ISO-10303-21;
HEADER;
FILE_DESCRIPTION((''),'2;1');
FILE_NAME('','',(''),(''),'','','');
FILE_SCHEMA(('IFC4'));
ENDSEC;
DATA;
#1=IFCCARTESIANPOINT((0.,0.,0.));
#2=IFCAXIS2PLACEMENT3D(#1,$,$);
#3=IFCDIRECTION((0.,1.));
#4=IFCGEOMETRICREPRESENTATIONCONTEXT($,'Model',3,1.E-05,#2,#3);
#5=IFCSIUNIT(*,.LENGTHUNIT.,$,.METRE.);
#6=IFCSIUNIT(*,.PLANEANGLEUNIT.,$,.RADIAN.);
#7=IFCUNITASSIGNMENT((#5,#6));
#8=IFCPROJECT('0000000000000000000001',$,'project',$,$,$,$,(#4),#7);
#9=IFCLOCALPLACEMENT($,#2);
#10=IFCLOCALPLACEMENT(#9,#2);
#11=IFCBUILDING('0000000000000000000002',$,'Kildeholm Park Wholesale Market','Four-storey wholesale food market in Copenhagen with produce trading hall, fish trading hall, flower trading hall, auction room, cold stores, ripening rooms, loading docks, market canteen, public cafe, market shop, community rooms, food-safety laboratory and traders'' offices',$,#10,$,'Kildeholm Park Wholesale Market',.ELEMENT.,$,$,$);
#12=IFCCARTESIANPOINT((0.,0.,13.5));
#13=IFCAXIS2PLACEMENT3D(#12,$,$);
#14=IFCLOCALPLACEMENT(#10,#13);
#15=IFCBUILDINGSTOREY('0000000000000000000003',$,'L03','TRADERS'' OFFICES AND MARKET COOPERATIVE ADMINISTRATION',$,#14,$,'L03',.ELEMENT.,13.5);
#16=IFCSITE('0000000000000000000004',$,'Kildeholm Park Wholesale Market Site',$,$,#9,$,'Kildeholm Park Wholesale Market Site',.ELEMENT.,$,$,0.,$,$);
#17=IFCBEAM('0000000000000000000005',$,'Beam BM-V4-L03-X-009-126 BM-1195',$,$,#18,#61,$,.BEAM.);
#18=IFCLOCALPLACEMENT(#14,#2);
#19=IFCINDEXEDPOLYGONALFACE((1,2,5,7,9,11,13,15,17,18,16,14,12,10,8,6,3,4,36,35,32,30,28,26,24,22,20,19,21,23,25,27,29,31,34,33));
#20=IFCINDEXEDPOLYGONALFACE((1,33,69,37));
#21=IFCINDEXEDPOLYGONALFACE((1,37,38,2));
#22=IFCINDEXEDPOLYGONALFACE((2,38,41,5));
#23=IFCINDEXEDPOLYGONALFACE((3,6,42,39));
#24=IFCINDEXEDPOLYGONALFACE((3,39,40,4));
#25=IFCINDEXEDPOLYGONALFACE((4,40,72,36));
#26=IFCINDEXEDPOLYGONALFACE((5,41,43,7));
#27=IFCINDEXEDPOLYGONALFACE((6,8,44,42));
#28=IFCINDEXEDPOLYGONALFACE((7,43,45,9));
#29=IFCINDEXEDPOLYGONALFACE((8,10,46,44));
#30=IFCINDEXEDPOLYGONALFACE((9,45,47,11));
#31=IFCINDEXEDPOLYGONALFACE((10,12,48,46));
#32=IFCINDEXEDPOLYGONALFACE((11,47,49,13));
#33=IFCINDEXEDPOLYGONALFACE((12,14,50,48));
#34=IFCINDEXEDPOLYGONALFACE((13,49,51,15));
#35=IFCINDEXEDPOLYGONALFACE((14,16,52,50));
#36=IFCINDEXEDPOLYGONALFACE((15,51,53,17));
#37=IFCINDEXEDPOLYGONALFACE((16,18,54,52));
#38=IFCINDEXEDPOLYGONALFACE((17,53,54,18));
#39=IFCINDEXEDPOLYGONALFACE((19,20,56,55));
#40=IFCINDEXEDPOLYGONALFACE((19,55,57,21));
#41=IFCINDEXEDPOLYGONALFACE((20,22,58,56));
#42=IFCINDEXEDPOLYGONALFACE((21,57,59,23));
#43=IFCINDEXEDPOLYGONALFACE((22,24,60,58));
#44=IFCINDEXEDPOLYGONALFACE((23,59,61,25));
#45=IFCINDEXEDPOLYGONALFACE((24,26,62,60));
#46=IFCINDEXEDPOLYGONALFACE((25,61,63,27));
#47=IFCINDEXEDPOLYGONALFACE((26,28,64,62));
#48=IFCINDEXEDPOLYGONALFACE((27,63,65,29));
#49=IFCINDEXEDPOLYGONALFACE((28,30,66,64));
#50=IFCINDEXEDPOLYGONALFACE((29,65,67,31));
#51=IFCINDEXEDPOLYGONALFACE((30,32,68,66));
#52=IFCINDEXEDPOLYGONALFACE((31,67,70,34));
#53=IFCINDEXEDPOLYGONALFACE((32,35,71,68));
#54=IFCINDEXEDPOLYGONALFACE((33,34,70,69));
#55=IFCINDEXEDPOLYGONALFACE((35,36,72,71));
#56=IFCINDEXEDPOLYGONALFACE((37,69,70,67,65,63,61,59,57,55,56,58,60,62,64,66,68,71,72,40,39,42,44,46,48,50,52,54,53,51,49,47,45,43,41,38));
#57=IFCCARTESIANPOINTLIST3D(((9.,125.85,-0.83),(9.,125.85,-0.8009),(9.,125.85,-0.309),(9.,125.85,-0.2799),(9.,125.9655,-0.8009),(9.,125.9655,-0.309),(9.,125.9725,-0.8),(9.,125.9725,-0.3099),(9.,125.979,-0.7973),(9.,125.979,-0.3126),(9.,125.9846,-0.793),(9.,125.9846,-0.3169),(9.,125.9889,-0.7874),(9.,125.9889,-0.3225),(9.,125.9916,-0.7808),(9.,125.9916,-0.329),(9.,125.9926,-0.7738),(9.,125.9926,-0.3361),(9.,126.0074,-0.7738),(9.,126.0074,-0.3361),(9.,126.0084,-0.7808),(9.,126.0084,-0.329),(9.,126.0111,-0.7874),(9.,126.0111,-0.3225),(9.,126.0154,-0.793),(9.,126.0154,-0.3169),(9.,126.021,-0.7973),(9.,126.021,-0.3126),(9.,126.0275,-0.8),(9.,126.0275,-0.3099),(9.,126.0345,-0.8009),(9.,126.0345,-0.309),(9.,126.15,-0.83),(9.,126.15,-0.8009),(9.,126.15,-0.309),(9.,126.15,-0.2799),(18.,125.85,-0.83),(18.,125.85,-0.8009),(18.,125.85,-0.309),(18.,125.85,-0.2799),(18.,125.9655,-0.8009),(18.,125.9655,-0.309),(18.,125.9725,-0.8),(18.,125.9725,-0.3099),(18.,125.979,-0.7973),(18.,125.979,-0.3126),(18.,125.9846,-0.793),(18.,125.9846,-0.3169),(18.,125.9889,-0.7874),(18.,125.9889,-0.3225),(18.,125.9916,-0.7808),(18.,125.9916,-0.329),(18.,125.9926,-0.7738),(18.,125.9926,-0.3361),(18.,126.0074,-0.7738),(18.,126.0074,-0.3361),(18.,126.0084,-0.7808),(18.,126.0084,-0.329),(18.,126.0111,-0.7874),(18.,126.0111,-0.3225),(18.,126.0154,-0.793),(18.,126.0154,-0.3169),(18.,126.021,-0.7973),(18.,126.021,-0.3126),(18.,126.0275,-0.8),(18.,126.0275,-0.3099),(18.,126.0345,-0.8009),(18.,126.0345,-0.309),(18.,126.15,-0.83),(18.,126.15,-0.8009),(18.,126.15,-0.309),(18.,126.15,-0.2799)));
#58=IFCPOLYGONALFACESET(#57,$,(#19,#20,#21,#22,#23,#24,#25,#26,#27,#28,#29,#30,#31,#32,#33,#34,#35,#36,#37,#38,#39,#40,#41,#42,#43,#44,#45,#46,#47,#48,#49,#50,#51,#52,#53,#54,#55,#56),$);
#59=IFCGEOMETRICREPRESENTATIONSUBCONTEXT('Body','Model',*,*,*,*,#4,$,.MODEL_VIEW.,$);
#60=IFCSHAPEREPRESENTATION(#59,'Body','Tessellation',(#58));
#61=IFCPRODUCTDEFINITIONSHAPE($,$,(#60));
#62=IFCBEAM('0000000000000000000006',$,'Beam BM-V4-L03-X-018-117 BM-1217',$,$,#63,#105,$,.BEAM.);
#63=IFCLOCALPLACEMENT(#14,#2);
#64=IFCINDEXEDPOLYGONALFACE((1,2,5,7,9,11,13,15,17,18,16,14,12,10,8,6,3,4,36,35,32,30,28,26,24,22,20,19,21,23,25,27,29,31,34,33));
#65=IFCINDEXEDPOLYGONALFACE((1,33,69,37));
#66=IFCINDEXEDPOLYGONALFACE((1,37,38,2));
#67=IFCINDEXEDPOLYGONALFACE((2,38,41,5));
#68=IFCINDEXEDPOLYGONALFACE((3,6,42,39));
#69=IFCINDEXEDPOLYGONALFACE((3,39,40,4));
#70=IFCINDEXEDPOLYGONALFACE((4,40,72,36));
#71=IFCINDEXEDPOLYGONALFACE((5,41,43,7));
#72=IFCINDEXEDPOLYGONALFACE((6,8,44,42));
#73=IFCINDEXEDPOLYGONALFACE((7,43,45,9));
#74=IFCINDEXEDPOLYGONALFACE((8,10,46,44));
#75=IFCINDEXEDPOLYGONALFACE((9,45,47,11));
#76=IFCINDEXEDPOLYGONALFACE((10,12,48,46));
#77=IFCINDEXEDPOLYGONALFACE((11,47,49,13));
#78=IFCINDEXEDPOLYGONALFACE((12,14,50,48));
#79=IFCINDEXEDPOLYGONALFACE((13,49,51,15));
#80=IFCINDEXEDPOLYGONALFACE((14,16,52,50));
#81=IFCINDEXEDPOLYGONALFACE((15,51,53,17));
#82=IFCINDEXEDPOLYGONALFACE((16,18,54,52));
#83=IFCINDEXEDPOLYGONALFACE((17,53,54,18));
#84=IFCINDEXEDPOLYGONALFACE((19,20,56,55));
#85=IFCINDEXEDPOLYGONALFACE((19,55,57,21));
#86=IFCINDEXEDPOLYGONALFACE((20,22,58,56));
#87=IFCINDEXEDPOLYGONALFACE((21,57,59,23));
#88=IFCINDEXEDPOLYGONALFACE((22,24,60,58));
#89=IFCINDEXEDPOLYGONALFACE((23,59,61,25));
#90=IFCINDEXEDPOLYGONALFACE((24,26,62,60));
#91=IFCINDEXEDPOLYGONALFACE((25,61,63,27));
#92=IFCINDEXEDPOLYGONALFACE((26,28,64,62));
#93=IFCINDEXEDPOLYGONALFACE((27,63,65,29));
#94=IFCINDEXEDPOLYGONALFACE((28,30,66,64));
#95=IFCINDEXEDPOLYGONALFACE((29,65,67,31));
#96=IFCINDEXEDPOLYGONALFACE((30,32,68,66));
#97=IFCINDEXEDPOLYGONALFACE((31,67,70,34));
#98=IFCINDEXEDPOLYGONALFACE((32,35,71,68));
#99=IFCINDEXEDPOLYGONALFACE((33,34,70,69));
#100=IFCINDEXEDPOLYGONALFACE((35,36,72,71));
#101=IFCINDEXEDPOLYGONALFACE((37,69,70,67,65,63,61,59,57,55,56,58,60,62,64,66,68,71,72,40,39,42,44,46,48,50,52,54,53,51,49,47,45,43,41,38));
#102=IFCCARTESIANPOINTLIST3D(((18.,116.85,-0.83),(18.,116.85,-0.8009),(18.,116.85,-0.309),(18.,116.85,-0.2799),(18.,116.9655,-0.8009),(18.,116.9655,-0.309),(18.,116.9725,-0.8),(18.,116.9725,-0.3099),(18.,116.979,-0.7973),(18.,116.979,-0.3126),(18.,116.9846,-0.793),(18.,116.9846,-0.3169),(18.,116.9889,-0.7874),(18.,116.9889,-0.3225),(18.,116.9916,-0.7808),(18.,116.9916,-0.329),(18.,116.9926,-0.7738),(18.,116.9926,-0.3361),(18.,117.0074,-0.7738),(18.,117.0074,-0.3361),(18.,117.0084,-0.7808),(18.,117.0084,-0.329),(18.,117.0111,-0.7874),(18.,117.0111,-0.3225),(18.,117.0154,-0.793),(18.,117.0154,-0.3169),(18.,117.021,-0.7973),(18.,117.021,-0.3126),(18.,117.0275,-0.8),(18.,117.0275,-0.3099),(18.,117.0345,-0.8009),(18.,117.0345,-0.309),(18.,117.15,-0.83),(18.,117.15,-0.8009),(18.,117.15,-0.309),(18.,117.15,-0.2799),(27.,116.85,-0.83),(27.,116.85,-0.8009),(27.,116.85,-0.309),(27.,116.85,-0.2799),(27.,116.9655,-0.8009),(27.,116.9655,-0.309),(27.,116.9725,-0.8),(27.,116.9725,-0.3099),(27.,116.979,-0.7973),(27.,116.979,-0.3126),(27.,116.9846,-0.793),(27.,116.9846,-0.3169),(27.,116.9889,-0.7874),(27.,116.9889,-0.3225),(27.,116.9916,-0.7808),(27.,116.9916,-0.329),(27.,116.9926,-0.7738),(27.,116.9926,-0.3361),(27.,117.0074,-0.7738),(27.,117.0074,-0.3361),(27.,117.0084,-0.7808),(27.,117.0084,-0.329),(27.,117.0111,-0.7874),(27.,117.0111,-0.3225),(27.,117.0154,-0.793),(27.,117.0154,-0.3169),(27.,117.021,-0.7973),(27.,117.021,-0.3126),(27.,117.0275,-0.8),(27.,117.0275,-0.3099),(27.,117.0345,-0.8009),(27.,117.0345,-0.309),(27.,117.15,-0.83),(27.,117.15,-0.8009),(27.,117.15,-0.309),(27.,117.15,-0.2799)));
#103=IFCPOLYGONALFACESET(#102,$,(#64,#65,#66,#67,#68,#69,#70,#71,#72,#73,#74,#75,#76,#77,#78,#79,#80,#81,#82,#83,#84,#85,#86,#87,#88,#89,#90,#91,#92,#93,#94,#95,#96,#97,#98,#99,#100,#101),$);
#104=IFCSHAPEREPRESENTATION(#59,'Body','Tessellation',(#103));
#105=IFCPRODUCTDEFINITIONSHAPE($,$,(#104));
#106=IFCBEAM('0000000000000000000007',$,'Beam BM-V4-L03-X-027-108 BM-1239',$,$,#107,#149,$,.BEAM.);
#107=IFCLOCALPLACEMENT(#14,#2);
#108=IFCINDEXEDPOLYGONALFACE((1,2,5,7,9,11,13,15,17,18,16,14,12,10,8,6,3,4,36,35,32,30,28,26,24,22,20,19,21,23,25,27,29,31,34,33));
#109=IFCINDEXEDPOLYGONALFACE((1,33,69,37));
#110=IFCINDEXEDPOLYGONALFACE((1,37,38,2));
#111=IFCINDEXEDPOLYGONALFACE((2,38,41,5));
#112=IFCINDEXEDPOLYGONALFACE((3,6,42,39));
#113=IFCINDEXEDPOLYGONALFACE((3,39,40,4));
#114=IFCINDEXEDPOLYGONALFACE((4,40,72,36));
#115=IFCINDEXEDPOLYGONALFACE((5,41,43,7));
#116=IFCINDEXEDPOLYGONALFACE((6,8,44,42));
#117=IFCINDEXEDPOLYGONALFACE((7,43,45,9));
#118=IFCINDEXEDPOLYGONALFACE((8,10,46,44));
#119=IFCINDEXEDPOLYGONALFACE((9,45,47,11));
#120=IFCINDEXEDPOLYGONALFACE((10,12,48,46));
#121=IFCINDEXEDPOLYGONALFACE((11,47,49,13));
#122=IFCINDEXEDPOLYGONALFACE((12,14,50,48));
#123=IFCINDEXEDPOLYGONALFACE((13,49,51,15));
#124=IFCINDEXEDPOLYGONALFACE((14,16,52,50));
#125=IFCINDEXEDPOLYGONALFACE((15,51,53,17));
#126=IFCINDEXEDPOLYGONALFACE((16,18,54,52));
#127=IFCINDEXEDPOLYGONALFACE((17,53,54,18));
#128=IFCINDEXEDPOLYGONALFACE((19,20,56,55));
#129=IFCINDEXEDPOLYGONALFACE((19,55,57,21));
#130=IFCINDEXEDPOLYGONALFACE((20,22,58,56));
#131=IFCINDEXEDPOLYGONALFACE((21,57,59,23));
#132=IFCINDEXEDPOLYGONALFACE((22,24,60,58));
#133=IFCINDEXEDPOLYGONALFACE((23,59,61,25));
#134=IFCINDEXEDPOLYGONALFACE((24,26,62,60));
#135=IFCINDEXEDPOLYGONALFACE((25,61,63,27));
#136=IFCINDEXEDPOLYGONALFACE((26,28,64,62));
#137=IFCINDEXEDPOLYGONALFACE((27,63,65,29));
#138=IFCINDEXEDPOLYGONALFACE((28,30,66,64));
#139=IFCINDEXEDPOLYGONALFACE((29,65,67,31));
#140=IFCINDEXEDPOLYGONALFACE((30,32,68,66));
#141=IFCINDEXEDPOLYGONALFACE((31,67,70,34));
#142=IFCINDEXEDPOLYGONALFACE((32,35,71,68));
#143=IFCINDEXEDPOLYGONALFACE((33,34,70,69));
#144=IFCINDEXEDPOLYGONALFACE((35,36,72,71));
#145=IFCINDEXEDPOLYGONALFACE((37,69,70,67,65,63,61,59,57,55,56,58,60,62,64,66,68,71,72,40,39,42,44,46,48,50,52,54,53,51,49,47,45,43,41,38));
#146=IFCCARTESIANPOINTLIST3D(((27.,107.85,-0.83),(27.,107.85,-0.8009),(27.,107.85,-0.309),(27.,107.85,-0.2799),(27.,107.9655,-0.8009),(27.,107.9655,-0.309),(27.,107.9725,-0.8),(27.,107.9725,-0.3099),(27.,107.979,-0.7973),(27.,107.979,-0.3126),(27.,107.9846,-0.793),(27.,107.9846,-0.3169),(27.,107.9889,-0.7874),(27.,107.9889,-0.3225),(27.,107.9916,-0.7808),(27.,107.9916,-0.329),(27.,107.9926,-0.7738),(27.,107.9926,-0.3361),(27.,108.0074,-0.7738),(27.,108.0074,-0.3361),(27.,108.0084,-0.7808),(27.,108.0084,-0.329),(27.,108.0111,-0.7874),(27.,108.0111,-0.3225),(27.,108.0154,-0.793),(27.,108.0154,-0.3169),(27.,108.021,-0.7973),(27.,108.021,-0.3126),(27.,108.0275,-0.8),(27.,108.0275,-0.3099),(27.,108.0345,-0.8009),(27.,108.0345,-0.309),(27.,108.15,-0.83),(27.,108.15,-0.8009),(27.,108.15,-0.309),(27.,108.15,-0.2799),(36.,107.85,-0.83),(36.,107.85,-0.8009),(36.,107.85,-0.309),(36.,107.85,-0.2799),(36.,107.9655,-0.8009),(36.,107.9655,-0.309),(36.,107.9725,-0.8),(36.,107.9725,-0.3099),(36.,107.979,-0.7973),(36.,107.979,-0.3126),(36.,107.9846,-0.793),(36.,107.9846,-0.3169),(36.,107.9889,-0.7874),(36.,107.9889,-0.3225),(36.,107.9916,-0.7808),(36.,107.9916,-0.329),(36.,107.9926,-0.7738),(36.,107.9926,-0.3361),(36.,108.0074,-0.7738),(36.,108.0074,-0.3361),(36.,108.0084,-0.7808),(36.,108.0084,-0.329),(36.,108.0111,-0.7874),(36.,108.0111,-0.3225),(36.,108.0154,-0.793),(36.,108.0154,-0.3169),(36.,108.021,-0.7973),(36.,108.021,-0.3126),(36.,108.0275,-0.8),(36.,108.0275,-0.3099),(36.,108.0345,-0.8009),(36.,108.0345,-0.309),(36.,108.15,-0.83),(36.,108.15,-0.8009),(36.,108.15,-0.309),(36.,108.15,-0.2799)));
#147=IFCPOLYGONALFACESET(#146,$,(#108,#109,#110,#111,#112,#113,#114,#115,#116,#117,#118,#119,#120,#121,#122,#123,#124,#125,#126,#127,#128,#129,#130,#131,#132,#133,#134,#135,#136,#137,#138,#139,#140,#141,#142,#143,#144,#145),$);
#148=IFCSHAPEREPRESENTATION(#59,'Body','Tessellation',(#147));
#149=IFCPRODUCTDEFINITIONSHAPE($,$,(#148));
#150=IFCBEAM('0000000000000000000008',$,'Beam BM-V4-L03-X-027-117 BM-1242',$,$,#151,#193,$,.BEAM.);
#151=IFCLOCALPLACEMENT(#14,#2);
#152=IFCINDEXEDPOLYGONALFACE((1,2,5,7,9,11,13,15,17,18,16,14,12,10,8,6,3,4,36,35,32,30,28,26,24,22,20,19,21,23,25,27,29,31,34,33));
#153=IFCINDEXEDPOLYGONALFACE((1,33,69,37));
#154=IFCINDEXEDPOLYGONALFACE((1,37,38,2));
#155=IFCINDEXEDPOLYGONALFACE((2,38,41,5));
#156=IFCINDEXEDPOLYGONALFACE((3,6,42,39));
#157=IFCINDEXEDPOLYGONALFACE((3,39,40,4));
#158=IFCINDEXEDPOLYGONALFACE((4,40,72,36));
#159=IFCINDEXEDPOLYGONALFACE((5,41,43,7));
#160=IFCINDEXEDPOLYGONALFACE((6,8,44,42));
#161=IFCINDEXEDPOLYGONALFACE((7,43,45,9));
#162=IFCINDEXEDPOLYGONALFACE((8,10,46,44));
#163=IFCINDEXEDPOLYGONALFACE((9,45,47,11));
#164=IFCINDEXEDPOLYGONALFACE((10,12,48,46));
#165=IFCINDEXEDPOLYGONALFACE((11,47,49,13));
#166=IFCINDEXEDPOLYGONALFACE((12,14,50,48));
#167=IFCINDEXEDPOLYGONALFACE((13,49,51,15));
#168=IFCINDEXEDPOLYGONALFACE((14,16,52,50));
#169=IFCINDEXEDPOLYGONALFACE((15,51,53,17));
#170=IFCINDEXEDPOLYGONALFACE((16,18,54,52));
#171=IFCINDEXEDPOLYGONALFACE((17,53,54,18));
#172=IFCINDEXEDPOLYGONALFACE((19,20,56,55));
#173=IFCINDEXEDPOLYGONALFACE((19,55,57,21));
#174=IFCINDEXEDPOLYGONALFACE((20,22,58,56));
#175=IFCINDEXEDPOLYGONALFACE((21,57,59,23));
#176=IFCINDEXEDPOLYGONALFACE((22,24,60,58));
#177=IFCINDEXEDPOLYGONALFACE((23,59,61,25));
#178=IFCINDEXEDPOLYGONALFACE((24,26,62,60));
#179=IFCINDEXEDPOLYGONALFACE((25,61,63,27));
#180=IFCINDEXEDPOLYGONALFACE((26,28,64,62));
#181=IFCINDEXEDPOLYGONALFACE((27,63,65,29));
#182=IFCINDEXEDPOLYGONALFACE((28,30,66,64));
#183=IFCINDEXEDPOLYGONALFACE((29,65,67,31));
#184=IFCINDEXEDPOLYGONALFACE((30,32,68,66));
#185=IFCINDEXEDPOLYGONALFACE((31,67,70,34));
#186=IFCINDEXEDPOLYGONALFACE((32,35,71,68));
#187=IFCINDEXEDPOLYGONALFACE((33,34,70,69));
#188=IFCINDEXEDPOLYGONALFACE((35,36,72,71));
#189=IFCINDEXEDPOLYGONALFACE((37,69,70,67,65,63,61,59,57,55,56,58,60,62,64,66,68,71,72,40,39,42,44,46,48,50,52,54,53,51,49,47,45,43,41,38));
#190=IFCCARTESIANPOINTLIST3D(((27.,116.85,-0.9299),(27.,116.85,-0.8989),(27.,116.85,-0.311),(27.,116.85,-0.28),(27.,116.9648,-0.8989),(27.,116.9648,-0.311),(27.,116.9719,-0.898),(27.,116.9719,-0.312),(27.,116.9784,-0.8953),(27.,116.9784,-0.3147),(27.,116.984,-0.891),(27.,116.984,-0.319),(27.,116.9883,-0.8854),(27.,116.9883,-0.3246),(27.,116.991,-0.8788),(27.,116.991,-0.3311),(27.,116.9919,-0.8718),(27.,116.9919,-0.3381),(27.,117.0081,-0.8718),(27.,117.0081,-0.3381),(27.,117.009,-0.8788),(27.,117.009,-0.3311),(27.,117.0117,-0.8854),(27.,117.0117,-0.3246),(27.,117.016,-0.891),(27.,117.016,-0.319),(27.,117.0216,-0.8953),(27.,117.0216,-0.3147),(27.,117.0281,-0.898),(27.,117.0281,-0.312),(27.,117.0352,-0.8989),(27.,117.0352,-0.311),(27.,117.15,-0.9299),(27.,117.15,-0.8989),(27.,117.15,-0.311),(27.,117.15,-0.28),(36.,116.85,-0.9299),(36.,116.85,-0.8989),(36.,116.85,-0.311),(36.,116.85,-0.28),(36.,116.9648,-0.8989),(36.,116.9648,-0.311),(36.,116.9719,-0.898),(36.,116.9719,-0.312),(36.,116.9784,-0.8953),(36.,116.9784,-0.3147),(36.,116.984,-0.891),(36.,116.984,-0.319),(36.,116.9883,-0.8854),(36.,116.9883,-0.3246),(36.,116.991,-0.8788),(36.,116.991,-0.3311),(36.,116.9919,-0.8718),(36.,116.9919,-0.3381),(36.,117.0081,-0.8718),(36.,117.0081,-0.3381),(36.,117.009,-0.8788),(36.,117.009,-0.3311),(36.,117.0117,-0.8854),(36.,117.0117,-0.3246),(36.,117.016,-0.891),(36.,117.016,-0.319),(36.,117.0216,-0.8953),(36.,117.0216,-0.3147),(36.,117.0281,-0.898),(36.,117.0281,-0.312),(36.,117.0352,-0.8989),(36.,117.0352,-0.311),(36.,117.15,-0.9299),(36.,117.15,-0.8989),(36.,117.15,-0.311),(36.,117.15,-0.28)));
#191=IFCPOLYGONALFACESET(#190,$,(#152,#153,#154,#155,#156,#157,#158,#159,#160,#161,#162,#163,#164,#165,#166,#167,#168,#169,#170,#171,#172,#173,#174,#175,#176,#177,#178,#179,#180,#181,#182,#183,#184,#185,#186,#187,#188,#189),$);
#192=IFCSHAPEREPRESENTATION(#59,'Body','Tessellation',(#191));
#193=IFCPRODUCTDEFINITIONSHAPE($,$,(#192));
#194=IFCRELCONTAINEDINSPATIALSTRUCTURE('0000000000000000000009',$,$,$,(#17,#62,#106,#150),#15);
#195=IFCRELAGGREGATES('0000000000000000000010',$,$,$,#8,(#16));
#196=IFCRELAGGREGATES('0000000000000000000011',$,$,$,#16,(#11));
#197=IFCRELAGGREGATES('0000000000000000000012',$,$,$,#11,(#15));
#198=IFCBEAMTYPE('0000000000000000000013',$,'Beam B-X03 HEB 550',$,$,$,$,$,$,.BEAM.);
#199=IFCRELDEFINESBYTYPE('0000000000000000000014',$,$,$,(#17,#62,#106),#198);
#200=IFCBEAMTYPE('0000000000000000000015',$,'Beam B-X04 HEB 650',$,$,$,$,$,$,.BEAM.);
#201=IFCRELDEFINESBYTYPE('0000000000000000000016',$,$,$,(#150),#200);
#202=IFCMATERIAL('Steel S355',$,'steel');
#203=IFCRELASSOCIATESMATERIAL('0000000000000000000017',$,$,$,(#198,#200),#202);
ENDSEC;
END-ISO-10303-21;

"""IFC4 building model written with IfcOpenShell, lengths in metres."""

from ifc_helpers import new_model, si_unit, direction, frame, origin, origin_2d, place, context, subcontext, project, spatial, i_section, extrude, material, material_profile, profile_set, type_object, element, save


model = new_model("IFC4")

# Units and contexts
model_context = context("Model", 3, precision=1e-05, world=origin(), true_north=direction((0.0, 1.0)))
body_context = subcontext(model_context, "Body", "Model", "MODEL_VIEW")
ifc_project = project(units=[si_unit("LENGTHUNIT", "METRE"), si_unit("PLANEANGLEUNIT", "RADIAN")], contexts=[model_context])

# Site, building, storey
site_placement = place(None, origin())
site = spatial("IfcSite", under=ifc_project, at=site_placement, Name="Kildeholm Park Wholesale Market Site", LongName="Kildeholm Park Wholesale Market Site", CompositionType="ELEMENT", RefElevation=0.0)
building_placement = place(site_placement, origin())
building = spatial("IfcBuilding", under=site, at=building_placement, Name="Kildeholm Park Wholesale Market", Description="Four-storey wholesale food market in Copenhagen with produce trading hall, fish trading hall, flower trading hall, auction room, cold stores, ripening rooms, loading docks, market canteen, public cafe, market shop, community rooms, food-safety laboratory and traders' offices", LongName="Kildeholm Park Wholesale Market", CompositionType="ELEMENT")
storey_placement = place(building_placement, frame((0.0, 0.0, 13.5)))
storey = spatial("IfcBuildingStorey", under=building, at=storey_placement, Name="L03", Description="TRADERS' OFFICES AND MARKET COOPERATIVE ADMINISTRATION", LongName="L03", CompositionType="ELEMENT", Elevation=13.5)

# Beams
ifc_material_1 = material(Name="Steel S355", Category="steel")
ifc_material_profile_1 = material_profile(ifc_material_1, i_section(OverallWidth=0.3, OverallDepth=0.55, WebThickness=0.0149, FlangeThickness=0.0291, FilletRadius=0.0271, at=origin_2d()), Name="HEB 550")
ifc_profile_set_1 = profile_set([ifc_material_profile_1], Name="Steel S355")
beam_type_1 = type_object("IfcBeamType", Name="Beam B-X03 HEB 550", PredefinedType="BEAM", material=ifc_profile_set_1)
for number, where, z_axis, x_axis, name in (
    (1, (9.0, 126.0, -0.5549), (1.0, 0.0, 0.0), (0.0, 1.0, 0.0), "Beam BM-V4-L03-X-009-126 BM-1195"),
    (2, (18.0, 117.0, -0.5549), (1.0, 0.0, 0.0), (0.0, 1.0, 0.0), "Beam BM-V4-L03-X-018-117 BM-1217"),
    (3, (27.0, 108.0, -0.5549), (1.0, 0.0, 0.0), (0.0, 1.0, 0.0), "Beam BM-V4-L03-X-027-108 BM-1239"),
):
    element("IfcBeam", number, at=place(storey_placement, frame(where, z_axis=z_axis, x_axis=x_axis)), inside=storey, type_object=beam_type_1, Name=name, PredefinedType="BEAM", context=body_context, shape_type="SweptSolid", body=[
        extrude(i_section(OverallWidth=0.3, OverallDepth=0.55, WebThickness=0.0149, FlangeThickness=0.0291, FilletRadius=0.0271, at=origin_2d()), origin(), (0.0, 0.0, 1.0), 9.0),
    ])
ifc_material_profile_2 = material_profile(ifc_material_1, i_section(OverallWidth=0.3, OverallDepth=0.6499, WebThickness=0.0161, FlangeThickness=0.031, FilletRadius=0.0271, at=origin_2d()), Name="HEB 650")
ifc_profile_set_2 = profile_set([ifc_material_profile_2], Name="Steel S355")
beam_type_2 = type_object("IfcBeamType", Name="Beam B-X04 HEB 650", PredefinedType="BEAM", material=ifc_profile_set_2)
beam_1_placement = place(storey_placement, frame((27.0, 117.0, -0.605), z_axis=(1.0, 0.0, 0.0), x_axis=(0.0, 1.0, 0.0)))
element("IfcBeam", 4, at=beam_1_placement, inside=storey, type_object=beam_type_2, Name="Beam BM-V4-L03-X-027-117 BM-1242", PredefinedType="BEAM", context=body_context, shape_type="SweptSolid", body=[
    extrude(i_section(OverallWidth=0.3, OverallDepth=0.6499, WebThickness=0.0161, FlangeThickness=0.031, FilletRadius=0.0271, at=origin_2d()), origin(), (0.0, 0.0, 1.0), 9.0),
])

save(model, "model.ifc")
